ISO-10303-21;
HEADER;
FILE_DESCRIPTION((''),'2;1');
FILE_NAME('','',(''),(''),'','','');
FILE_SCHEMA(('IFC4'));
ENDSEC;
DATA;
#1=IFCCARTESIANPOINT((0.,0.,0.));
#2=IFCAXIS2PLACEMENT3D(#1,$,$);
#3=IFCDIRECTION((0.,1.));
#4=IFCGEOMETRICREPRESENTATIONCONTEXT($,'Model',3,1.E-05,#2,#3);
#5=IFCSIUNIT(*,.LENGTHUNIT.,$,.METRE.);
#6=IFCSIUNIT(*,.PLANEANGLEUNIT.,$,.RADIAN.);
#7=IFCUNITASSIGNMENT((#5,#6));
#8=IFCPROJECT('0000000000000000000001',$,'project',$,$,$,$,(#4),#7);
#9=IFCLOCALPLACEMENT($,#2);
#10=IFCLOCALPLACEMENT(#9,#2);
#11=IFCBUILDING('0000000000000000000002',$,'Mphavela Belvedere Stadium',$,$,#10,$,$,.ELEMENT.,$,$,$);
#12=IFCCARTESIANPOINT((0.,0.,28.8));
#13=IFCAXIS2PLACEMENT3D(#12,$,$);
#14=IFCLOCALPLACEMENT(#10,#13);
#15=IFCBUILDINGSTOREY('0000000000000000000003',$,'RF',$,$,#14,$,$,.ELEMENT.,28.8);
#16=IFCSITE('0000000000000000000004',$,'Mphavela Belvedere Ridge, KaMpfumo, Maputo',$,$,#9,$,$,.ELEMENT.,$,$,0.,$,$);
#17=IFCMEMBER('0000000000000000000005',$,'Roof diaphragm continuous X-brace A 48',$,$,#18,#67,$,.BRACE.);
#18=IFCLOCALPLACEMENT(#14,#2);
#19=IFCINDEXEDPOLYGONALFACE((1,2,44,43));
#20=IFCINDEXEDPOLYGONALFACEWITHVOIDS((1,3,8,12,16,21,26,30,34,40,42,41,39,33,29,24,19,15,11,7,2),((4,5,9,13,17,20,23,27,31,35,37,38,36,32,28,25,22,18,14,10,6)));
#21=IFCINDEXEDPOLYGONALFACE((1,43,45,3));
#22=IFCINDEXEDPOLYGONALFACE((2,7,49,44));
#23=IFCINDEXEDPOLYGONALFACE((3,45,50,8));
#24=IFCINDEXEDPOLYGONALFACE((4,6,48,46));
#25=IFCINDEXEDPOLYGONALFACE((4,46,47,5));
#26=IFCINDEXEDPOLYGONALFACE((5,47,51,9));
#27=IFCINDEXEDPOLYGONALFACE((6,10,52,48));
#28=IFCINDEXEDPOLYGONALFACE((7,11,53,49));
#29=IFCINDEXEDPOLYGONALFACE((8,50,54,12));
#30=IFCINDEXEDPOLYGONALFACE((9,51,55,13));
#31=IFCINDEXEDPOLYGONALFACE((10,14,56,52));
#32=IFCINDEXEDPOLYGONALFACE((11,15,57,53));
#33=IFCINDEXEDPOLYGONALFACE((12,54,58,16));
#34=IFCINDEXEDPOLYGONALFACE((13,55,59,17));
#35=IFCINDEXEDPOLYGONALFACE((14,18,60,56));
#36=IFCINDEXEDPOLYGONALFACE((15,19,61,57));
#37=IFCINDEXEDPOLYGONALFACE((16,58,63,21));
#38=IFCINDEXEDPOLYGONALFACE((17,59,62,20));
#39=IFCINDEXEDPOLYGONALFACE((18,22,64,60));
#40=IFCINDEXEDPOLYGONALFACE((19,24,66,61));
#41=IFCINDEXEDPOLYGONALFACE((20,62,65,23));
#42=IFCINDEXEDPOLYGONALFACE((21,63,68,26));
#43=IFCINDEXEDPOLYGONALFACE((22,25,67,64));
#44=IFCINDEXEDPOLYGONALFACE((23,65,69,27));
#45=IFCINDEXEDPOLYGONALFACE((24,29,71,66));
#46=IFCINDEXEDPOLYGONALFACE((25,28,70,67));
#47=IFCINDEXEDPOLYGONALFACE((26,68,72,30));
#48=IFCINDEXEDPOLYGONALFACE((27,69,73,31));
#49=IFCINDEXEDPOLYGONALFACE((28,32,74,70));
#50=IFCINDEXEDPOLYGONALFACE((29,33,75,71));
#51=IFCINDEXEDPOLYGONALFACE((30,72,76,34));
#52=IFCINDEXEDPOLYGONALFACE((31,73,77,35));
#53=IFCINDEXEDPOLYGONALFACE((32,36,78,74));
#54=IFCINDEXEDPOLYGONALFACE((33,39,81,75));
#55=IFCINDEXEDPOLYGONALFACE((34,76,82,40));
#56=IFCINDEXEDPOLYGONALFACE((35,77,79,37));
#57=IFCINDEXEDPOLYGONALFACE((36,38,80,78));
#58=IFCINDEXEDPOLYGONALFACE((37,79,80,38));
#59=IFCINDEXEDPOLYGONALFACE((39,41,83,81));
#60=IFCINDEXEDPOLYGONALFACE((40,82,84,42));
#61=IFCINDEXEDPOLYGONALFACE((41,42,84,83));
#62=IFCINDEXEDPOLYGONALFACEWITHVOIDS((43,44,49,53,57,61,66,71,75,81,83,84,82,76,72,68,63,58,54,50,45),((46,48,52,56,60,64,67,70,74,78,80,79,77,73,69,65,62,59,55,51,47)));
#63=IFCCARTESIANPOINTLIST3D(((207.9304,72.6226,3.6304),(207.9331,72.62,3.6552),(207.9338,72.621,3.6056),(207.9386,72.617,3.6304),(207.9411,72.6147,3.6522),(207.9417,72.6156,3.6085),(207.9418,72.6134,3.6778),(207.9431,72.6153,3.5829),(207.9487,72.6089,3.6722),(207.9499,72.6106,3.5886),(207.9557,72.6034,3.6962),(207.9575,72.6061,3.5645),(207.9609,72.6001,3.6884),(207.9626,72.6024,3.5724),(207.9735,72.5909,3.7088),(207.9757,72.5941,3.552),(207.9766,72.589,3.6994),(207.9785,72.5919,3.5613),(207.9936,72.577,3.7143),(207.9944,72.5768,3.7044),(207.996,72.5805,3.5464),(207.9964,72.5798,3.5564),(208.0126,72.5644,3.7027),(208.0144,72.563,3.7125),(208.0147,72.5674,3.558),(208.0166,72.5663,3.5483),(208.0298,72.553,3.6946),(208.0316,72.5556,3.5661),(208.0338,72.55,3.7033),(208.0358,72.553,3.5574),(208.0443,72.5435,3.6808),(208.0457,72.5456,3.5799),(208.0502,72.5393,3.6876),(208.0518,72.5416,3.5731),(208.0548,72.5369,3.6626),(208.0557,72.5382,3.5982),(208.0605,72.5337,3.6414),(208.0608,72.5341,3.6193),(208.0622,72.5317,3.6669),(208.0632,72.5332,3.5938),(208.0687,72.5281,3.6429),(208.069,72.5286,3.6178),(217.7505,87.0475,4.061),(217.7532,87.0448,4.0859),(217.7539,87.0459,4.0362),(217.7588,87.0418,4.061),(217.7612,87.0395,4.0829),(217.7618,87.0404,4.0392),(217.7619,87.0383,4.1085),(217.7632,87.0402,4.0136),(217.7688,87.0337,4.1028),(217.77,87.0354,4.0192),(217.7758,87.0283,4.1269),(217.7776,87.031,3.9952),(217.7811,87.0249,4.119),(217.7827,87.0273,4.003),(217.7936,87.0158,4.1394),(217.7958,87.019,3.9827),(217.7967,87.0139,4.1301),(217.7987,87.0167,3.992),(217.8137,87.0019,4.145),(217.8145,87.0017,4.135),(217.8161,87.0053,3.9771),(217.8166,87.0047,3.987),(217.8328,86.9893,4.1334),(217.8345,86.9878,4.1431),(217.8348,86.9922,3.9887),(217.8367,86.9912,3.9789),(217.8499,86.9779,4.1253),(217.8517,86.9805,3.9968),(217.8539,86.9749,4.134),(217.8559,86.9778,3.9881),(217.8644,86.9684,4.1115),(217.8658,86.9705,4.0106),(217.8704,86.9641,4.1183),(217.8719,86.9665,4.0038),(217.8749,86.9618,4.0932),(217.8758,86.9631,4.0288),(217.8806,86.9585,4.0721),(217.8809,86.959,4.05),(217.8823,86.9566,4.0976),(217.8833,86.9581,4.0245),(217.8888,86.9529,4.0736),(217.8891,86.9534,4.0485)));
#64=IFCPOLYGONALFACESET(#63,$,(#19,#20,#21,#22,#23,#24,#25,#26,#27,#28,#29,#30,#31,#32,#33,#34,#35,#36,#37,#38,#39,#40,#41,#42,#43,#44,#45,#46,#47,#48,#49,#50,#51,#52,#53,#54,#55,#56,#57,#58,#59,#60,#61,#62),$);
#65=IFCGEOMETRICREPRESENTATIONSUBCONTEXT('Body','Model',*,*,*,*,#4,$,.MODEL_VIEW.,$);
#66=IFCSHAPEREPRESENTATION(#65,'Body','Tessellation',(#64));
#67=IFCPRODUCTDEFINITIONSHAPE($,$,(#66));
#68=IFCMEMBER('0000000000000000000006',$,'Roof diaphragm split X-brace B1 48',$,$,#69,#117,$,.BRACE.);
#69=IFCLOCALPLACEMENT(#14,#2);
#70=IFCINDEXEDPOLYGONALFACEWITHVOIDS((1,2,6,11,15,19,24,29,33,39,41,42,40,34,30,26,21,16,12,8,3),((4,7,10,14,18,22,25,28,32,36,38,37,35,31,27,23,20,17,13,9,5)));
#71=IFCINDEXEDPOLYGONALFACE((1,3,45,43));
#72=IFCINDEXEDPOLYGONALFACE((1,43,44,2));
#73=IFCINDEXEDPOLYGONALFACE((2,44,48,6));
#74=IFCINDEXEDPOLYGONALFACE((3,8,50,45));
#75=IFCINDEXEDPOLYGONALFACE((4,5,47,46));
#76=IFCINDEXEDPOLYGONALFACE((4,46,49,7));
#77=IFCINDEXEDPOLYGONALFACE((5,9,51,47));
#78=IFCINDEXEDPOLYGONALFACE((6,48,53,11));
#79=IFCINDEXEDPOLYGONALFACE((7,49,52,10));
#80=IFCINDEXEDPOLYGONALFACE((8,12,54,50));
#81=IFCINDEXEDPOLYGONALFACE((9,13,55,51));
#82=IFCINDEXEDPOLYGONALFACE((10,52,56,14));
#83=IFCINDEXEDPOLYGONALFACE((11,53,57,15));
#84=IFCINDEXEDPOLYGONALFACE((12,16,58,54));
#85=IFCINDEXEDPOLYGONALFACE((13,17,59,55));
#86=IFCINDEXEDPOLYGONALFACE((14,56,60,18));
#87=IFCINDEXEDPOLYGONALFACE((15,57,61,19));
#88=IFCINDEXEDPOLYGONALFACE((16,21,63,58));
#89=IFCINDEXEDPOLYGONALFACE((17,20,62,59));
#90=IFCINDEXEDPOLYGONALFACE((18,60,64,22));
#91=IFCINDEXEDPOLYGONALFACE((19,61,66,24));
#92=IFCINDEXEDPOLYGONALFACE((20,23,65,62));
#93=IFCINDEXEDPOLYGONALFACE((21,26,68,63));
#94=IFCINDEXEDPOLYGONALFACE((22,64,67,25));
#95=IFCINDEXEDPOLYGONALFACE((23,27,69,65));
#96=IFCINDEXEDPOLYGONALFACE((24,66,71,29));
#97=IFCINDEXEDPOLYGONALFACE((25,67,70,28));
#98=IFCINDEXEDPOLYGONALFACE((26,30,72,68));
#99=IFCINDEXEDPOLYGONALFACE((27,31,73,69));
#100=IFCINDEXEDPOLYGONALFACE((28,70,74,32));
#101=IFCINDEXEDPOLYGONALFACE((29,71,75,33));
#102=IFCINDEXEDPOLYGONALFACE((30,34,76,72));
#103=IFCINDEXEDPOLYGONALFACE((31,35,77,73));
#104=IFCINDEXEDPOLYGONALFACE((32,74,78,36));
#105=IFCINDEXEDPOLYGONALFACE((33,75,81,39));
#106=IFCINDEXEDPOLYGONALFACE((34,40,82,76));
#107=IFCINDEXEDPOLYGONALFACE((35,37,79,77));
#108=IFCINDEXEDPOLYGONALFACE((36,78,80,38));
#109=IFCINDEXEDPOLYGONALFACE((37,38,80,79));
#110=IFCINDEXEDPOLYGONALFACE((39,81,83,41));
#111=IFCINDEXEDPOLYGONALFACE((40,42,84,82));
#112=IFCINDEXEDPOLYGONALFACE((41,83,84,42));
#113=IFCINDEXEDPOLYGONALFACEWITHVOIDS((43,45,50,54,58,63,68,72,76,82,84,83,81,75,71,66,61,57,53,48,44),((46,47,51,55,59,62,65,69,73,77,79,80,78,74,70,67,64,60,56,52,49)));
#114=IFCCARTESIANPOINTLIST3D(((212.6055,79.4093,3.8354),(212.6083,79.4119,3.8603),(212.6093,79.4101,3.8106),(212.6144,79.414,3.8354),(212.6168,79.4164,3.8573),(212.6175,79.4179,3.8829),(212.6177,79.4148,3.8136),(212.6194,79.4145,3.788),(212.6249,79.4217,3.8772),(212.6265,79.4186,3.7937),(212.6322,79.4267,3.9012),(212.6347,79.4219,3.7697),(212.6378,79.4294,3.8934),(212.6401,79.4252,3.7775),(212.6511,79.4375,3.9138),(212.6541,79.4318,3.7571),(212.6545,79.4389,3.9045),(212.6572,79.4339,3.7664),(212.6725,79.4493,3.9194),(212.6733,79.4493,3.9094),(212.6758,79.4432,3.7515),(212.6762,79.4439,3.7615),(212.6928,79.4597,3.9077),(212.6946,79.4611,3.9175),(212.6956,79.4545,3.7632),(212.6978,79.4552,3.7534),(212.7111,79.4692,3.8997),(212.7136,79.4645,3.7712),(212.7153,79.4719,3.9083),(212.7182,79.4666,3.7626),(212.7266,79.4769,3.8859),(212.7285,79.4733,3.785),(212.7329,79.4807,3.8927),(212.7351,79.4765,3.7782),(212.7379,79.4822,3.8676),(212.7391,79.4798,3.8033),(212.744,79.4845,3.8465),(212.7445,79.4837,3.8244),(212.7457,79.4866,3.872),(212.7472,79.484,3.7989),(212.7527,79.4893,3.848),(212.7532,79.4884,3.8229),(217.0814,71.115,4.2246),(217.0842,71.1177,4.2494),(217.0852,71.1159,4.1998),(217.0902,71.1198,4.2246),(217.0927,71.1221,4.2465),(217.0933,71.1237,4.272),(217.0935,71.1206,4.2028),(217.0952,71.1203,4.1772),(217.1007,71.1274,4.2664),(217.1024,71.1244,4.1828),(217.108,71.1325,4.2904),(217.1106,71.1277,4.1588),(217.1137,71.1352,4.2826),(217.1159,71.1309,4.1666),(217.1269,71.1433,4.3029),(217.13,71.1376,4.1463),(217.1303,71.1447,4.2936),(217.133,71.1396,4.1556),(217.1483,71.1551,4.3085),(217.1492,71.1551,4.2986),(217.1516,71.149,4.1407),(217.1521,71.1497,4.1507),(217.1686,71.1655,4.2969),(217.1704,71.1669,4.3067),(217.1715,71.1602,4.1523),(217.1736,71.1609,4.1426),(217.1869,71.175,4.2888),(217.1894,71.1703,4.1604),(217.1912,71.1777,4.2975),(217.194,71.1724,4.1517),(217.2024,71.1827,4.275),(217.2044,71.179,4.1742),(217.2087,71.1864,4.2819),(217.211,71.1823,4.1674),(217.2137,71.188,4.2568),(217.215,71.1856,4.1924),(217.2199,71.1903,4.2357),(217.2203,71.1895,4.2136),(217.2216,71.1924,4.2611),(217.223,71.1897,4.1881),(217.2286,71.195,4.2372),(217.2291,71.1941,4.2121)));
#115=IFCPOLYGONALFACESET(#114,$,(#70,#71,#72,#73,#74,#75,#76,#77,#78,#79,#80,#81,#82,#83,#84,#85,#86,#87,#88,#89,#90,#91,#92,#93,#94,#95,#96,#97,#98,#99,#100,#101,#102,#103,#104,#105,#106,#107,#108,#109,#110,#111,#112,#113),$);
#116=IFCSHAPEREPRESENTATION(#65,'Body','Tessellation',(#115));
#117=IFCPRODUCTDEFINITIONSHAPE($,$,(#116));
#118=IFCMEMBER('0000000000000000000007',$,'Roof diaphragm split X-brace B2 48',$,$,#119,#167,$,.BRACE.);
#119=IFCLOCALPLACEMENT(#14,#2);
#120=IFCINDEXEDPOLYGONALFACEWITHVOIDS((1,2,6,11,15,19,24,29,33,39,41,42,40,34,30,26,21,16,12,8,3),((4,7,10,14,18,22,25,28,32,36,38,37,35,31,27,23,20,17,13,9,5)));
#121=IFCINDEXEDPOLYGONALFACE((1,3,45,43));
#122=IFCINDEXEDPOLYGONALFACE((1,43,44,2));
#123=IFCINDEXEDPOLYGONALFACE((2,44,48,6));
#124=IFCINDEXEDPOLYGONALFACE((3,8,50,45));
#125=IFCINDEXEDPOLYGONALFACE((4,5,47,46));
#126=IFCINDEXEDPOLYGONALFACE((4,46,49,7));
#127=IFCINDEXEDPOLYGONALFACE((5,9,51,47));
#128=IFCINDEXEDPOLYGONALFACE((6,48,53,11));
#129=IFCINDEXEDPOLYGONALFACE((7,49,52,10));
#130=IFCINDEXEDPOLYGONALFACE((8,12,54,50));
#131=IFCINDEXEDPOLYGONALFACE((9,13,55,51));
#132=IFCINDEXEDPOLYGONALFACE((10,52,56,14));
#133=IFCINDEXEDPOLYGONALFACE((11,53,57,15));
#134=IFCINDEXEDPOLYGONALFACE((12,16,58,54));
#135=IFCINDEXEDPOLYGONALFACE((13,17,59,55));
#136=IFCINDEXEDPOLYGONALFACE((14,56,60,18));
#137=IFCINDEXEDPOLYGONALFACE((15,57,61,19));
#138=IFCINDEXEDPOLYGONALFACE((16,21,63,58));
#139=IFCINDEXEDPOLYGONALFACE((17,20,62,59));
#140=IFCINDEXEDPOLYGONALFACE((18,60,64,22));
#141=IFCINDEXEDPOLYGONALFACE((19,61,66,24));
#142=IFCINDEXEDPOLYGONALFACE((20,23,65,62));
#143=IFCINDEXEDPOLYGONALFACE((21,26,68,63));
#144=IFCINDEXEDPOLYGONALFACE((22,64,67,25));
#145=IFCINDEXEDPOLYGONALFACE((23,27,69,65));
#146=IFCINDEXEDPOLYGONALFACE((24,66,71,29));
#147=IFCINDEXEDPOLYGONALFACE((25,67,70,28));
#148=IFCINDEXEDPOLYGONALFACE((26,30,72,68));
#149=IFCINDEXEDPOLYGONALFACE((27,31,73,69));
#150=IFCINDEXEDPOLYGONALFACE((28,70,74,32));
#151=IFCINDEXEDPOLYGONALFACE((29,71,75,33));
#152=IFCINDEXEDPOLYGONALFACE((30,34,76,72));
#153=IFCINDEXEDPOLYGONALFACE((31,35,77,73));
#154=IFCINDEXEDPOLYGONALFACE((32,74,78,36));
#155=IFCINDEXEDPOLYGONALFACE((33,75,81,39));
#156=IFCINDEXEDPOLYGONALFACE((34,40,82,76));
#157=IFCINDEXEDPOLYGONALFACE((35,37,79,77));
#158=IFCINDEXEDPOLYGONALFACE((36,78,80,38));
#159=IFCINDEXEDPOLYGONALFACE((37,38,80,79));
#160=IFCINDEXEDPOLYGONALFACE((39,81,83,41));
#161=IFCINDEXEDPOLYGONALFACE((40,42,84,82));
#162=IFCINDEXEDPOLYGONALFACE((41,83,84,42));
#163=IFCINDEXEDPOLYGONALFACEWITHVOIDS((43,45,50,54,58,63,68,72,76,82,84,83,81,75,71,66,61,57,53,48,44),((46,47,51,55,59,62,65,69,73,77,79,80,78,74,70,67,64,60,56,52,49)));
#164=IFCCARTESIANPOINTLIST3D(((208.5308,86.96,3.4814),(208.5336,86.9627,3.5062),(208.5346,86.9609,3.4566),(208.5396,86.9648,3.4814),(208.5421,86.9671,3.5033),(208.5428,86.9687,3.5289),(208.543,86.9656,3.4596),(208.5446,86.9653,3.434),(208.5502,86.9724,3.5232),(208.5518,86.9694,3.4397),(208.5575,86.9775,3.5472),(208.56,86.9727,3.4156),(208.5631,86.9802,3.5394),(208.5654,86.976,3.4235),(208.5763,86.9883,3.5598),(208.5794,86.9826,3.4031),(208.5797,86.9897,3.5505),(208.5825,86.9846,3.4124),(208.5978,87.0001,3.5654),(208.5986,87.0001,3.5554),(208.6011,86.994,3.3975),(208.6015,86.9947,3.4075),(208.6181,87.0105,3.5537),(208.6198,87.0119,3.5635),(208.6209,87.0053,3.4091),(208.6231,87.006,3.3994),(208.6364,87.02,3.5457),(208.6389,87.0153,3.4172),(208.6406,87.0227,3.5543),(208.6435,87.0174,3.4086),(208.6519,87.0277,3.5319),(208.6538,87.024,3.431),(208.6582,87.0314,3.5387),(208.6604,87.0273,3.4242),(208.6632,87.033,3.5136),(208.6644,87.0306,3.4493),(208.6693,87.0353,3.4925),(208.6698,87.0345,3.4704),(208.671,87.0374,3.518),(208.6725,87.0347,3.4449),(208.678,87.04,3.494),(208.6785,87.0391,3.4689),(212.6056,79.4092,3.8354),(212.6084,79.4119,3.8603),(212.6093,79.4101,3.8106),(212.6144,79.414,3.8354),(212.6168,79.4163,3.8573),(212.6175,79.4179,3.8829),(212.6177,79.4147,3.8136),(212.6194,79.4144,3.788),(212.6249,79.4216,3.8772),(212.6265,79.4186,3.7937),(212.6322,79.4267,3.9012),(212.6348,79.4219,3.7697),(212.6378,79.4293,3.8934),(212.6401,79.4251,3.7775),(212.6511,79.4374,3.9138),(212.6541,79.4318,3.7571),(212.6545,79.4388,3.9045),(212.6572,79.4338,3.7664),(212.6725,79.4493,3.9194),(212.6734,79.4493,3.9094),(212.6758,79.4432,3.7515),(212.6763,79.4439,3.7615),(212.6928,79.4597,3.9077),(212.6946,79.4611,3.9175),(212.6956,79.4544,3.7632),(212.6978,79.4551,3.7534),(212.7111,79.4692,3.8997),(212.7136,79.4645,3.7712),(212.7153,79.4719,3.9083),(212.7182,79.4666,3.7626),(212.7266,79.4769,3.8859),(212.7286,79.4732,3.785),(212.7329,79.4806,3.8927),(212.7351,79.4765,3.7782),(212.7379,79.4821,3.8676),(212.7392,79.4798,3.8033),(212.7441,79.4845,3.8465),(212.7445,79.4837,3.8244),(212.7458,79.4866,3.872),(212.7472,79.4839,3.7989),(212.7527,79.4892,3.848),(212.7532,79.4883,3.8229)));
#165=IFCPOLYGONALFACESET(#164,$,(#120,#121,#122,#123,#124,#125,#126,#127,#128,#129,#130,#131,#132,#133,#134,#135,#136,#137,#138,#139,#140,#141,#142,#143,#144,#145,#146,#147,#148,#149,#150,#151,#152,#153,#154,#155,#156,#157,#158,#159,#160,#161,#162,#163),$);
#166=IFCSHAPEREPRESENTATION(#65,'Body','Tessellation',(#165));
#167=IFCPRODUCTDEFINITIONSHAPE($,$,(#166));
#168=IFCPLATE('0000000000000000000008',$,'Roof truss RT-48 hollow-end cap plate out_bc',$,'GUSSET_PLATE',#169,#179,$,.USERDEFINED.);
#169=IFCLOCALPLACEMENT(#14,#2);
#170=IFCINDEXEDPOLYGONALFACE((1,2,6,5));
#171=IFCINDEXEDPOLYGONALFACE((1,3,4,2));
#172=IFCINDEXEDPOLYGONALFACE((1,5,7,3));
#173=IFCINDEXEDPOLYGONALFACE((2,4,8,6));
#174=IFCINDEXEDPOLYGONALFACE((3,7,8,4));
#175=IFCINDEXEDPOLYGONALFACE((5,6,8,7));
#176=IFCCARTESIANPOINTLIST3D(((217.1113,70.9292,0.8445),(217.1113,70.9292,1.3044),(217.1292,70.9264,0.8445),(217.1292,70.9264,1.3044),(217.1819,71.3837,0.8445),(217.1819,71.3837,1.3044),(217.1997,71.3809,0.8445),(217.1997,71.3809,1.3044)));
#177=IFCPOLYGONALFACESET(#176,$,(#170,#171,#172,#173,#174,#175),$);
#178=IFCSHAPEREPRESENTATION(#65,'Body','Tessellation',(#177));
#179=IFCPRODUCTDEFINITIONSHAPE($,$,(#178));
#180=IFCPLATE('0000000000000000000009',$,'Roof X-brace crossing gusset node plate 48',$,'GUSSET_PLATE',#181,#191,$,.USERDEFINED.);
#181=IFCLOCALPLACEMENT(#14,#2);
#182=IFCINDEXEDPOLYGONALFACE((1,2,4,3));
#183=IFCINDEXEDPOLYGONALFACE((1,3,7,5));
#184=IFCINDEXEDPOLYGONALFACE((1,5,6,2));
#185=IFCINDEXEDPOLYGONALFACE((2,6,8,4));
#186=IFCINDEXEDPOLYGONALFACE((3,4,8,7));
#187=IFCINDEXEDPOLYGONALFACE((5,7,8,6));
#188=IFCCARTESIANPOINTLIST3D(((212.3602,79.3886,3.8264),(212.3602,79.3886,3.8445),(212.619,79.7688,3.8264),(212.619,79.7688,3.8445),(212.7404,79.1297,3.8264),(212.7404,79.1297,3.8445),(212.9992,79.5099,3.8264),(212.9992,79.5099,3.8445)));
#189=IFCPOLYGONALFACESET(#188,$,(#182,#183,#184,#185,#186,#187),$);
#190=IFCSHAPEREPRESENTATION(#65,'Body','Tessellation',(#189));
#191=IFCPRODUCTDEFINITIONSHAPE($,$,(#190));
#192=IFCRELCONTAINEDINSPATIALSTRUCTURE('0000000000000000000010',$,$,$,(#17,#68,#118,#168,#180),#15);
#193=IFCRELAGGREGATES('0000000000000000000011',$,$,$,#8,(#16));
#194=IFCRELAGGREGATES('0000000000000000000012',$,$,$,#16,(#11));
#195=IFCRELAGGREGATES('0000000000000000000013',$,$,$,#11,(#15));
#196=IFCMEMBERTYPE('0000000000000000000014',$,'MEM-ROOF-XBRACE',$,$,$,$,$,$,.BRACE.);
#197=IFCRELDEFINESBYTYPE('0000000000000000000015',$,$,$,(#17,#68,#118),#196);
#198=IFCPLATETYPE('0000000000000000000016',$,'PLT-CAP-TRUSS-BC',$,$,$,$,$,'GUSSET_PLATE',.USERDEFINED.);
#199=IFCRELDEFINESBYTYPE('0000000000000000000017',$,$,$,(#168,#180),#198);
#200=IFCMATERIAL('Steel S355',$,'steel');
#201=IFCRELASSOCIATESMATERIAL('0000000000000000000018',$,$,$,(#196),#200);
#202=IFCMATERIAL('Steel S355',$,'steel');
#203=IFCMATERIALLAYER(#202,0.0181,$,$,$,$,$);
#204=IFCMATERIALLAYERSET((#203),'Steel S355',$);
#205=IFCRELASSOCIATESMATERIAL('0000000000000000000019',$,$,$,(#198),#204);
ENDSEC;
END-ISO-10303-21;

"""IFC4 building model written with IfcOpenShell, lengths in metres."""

from ifc_helpers import new_model, si_unit, direction, frame, origin, origin_2d, place, context, subcontext, project, spatial, rectangle, hollow_circle, extrude, material, layer, layer_set, material_profile, profile_set, type_object, element, save


model = new_model("IFC4")

# Units and contexts
model_context = context("Model", 3, precision=1e-05, world=origin(), true_north=direction((0.0, 1.0)))
body_context = subcontext(model_context, "Body", "Model", "MODEL_VIEW")
ifc_project = project(units=[si_unit("LENGTHUNIT", "METRE"), si_unit("PLANEANGLEUNIT", "RADIAN")], contexts=[model_context])

# Site, building, storey
site_placement = place(None, origin())
site = spatial("IfcSite", under=ifc_project, at=site_placement, Name="Mphavela Belvedere Ridge, KaMpfumo, Maputo", CompositionType="ELEMENT", RefElevation=0.0)
building_placement = place(site_placement, origin())
building = spatial("IfcBuilding", under=site, at=building_placement, Name="Mphavela Belvedere Stadium", CompositionType="ELEMENT")
storey_placement = place(building_placement, frame((0.0, 0.0, 28.8)))
storey = spatial("IfcBuildingStorey", under=building, at=storey_placement, Name="RF", CompositionType="ELEMENT", Elevation=28.8)

# Members
ifc_material_1 = material(Name="Steel S355", Category="steel")
ifc_material_profile_1 = material_profile(ifc_material_1, hollow_circle(Radius=0.0842, WallThickness=0.01, at=origin_2d()), Name="CHS 168.3x10")
ifc_profile_set_1 = profile_set([ifc_material_profile_1], Name="Steel S355")
member_type_1 = type_object("IfcMemberType", Name="MEM-ROOF-XBRACE", PredefinedType="BRACE", material=ifc_profile_set_1)
member_1_placement = place(storey_placement, frame((208.0, 72.5752, 3.6304), z_axis=(0.562578, 0.826376, 0.024672), x_axis=(-0.826628, 0.562749, 0.0)))
element("IfcMember", 1, at=member_1_placement, inside=storey, type_object=member_type_1, Name="Roof diaphragm continuous X-brace A 48", PredefinedType="BRACE", context=body_context, shape_type="SweptSolid", body=[
    extrude(hollow_circle(Radius=0.0842, WallThickness=0.01, at=origin_2d()), origin(), (0.0, 0.0, 1.0), 17.4556),
])
member_2_placement = place(storey_placement, frame((217.1555, 71.155, 4.2246), z_axis=(-0.474495, 0.879291, -0.041256), x_axis=(-0.88004, -0.4749, 0.0)))
element("IfcMember", 2, at=member_2_placement, inside=storey, type_object=member_type_1, Name="Roof diaphragm split X-brace B1 48", PredefinedType="BRACE", context=body_context, shape_type="SweptSolid", body=[
    extrude(hollow_circle(Radius=0.0842, WallThickness=0.01, at=origin_2d()), origin(), (0.0, 0.0, 1.0), 9.4329),
])
member_3_placement = place(storey_placement, frame((212.6797, 79.4492, 3.8354), z_axis=(-0.4745, 0.87929, -0.041224), x_axis=(-0.880038, -0.474904, 0.0)))
element("IfcMember", 3, at=member_3_placement, inside=storey, type_object=member_type_1, Name="Roof diaphragm split X-brace B2 48", PredefinedType="BRACE", context=body_context, shape_type="SweptSolid", body=[
    extrude(hollow_circle(Radius=0.0842, WallThickness=0.01, at=origin_2d()), origin(), (0.0, 0.0, 1.0), 8.5874),
])

# Plates
ifc_material_2 = material(Name="Steel S355", Category="steel")
ifc_layer_1 = layer(ifc_material_2, 0.0181)
ifc_layer_set_1 = layer_set([ifc_layer_1], Name="Steel S355")
plate_type_1 = type_object("IfcPlateType", Name="PLT-CAP-TRUSS-BC", ElementType="GUSSET_PLATE", PredefinedType="USERDEFINED", material=ifc_layer_set_1)
plate_1_placement = place(storey_placement, frame((217.1555, 71.155, 0.8445), z_axis=(0.0, 0.0, 1.0), x_axis=(0.988175, -0.153331, 0.0)))
element("IfcPlate", 4, at=plate_1_placement, inside=storey, type_object=plate_type_1, Name="Roof truss RT-48 hollow-end cap plate out_bc", ObjectType="GUSSET_PLATE", PredefinedType="USERDEFINED", context=body_context, shape_type="SweptSolid", body=[
    extrude(rectangle(XDim=0.0181, YDim=0.46, at=origin_2d()), origin(), (0.0, 0.0, 1.0), 0.46),
])
plate_2_placement = place(storey_placement, frame((212.6797, 79.4492, 3.8264), z_axis=(0.0, 0.0, 1.0), x_axis=(0.562805, 0.82659, 0.0)))
element("IfcPlate", 5, at=plate_2_placement, inside=storey, type_object=plate_type_1, Name="Roof X-brace crossing gusset node plate 48", ObjectType="GUSSET_PLATE", PredefinedType="USERDEFINED", context=body_context, shape_type="SweptSolid", body=[
    extrude(rectangle(XDim=0.46, YDim=0.46, at=origin_2d()), origin(), (0.0, 0.0, 1.0), 0.0181),
])

save(model, "model.ifc")
